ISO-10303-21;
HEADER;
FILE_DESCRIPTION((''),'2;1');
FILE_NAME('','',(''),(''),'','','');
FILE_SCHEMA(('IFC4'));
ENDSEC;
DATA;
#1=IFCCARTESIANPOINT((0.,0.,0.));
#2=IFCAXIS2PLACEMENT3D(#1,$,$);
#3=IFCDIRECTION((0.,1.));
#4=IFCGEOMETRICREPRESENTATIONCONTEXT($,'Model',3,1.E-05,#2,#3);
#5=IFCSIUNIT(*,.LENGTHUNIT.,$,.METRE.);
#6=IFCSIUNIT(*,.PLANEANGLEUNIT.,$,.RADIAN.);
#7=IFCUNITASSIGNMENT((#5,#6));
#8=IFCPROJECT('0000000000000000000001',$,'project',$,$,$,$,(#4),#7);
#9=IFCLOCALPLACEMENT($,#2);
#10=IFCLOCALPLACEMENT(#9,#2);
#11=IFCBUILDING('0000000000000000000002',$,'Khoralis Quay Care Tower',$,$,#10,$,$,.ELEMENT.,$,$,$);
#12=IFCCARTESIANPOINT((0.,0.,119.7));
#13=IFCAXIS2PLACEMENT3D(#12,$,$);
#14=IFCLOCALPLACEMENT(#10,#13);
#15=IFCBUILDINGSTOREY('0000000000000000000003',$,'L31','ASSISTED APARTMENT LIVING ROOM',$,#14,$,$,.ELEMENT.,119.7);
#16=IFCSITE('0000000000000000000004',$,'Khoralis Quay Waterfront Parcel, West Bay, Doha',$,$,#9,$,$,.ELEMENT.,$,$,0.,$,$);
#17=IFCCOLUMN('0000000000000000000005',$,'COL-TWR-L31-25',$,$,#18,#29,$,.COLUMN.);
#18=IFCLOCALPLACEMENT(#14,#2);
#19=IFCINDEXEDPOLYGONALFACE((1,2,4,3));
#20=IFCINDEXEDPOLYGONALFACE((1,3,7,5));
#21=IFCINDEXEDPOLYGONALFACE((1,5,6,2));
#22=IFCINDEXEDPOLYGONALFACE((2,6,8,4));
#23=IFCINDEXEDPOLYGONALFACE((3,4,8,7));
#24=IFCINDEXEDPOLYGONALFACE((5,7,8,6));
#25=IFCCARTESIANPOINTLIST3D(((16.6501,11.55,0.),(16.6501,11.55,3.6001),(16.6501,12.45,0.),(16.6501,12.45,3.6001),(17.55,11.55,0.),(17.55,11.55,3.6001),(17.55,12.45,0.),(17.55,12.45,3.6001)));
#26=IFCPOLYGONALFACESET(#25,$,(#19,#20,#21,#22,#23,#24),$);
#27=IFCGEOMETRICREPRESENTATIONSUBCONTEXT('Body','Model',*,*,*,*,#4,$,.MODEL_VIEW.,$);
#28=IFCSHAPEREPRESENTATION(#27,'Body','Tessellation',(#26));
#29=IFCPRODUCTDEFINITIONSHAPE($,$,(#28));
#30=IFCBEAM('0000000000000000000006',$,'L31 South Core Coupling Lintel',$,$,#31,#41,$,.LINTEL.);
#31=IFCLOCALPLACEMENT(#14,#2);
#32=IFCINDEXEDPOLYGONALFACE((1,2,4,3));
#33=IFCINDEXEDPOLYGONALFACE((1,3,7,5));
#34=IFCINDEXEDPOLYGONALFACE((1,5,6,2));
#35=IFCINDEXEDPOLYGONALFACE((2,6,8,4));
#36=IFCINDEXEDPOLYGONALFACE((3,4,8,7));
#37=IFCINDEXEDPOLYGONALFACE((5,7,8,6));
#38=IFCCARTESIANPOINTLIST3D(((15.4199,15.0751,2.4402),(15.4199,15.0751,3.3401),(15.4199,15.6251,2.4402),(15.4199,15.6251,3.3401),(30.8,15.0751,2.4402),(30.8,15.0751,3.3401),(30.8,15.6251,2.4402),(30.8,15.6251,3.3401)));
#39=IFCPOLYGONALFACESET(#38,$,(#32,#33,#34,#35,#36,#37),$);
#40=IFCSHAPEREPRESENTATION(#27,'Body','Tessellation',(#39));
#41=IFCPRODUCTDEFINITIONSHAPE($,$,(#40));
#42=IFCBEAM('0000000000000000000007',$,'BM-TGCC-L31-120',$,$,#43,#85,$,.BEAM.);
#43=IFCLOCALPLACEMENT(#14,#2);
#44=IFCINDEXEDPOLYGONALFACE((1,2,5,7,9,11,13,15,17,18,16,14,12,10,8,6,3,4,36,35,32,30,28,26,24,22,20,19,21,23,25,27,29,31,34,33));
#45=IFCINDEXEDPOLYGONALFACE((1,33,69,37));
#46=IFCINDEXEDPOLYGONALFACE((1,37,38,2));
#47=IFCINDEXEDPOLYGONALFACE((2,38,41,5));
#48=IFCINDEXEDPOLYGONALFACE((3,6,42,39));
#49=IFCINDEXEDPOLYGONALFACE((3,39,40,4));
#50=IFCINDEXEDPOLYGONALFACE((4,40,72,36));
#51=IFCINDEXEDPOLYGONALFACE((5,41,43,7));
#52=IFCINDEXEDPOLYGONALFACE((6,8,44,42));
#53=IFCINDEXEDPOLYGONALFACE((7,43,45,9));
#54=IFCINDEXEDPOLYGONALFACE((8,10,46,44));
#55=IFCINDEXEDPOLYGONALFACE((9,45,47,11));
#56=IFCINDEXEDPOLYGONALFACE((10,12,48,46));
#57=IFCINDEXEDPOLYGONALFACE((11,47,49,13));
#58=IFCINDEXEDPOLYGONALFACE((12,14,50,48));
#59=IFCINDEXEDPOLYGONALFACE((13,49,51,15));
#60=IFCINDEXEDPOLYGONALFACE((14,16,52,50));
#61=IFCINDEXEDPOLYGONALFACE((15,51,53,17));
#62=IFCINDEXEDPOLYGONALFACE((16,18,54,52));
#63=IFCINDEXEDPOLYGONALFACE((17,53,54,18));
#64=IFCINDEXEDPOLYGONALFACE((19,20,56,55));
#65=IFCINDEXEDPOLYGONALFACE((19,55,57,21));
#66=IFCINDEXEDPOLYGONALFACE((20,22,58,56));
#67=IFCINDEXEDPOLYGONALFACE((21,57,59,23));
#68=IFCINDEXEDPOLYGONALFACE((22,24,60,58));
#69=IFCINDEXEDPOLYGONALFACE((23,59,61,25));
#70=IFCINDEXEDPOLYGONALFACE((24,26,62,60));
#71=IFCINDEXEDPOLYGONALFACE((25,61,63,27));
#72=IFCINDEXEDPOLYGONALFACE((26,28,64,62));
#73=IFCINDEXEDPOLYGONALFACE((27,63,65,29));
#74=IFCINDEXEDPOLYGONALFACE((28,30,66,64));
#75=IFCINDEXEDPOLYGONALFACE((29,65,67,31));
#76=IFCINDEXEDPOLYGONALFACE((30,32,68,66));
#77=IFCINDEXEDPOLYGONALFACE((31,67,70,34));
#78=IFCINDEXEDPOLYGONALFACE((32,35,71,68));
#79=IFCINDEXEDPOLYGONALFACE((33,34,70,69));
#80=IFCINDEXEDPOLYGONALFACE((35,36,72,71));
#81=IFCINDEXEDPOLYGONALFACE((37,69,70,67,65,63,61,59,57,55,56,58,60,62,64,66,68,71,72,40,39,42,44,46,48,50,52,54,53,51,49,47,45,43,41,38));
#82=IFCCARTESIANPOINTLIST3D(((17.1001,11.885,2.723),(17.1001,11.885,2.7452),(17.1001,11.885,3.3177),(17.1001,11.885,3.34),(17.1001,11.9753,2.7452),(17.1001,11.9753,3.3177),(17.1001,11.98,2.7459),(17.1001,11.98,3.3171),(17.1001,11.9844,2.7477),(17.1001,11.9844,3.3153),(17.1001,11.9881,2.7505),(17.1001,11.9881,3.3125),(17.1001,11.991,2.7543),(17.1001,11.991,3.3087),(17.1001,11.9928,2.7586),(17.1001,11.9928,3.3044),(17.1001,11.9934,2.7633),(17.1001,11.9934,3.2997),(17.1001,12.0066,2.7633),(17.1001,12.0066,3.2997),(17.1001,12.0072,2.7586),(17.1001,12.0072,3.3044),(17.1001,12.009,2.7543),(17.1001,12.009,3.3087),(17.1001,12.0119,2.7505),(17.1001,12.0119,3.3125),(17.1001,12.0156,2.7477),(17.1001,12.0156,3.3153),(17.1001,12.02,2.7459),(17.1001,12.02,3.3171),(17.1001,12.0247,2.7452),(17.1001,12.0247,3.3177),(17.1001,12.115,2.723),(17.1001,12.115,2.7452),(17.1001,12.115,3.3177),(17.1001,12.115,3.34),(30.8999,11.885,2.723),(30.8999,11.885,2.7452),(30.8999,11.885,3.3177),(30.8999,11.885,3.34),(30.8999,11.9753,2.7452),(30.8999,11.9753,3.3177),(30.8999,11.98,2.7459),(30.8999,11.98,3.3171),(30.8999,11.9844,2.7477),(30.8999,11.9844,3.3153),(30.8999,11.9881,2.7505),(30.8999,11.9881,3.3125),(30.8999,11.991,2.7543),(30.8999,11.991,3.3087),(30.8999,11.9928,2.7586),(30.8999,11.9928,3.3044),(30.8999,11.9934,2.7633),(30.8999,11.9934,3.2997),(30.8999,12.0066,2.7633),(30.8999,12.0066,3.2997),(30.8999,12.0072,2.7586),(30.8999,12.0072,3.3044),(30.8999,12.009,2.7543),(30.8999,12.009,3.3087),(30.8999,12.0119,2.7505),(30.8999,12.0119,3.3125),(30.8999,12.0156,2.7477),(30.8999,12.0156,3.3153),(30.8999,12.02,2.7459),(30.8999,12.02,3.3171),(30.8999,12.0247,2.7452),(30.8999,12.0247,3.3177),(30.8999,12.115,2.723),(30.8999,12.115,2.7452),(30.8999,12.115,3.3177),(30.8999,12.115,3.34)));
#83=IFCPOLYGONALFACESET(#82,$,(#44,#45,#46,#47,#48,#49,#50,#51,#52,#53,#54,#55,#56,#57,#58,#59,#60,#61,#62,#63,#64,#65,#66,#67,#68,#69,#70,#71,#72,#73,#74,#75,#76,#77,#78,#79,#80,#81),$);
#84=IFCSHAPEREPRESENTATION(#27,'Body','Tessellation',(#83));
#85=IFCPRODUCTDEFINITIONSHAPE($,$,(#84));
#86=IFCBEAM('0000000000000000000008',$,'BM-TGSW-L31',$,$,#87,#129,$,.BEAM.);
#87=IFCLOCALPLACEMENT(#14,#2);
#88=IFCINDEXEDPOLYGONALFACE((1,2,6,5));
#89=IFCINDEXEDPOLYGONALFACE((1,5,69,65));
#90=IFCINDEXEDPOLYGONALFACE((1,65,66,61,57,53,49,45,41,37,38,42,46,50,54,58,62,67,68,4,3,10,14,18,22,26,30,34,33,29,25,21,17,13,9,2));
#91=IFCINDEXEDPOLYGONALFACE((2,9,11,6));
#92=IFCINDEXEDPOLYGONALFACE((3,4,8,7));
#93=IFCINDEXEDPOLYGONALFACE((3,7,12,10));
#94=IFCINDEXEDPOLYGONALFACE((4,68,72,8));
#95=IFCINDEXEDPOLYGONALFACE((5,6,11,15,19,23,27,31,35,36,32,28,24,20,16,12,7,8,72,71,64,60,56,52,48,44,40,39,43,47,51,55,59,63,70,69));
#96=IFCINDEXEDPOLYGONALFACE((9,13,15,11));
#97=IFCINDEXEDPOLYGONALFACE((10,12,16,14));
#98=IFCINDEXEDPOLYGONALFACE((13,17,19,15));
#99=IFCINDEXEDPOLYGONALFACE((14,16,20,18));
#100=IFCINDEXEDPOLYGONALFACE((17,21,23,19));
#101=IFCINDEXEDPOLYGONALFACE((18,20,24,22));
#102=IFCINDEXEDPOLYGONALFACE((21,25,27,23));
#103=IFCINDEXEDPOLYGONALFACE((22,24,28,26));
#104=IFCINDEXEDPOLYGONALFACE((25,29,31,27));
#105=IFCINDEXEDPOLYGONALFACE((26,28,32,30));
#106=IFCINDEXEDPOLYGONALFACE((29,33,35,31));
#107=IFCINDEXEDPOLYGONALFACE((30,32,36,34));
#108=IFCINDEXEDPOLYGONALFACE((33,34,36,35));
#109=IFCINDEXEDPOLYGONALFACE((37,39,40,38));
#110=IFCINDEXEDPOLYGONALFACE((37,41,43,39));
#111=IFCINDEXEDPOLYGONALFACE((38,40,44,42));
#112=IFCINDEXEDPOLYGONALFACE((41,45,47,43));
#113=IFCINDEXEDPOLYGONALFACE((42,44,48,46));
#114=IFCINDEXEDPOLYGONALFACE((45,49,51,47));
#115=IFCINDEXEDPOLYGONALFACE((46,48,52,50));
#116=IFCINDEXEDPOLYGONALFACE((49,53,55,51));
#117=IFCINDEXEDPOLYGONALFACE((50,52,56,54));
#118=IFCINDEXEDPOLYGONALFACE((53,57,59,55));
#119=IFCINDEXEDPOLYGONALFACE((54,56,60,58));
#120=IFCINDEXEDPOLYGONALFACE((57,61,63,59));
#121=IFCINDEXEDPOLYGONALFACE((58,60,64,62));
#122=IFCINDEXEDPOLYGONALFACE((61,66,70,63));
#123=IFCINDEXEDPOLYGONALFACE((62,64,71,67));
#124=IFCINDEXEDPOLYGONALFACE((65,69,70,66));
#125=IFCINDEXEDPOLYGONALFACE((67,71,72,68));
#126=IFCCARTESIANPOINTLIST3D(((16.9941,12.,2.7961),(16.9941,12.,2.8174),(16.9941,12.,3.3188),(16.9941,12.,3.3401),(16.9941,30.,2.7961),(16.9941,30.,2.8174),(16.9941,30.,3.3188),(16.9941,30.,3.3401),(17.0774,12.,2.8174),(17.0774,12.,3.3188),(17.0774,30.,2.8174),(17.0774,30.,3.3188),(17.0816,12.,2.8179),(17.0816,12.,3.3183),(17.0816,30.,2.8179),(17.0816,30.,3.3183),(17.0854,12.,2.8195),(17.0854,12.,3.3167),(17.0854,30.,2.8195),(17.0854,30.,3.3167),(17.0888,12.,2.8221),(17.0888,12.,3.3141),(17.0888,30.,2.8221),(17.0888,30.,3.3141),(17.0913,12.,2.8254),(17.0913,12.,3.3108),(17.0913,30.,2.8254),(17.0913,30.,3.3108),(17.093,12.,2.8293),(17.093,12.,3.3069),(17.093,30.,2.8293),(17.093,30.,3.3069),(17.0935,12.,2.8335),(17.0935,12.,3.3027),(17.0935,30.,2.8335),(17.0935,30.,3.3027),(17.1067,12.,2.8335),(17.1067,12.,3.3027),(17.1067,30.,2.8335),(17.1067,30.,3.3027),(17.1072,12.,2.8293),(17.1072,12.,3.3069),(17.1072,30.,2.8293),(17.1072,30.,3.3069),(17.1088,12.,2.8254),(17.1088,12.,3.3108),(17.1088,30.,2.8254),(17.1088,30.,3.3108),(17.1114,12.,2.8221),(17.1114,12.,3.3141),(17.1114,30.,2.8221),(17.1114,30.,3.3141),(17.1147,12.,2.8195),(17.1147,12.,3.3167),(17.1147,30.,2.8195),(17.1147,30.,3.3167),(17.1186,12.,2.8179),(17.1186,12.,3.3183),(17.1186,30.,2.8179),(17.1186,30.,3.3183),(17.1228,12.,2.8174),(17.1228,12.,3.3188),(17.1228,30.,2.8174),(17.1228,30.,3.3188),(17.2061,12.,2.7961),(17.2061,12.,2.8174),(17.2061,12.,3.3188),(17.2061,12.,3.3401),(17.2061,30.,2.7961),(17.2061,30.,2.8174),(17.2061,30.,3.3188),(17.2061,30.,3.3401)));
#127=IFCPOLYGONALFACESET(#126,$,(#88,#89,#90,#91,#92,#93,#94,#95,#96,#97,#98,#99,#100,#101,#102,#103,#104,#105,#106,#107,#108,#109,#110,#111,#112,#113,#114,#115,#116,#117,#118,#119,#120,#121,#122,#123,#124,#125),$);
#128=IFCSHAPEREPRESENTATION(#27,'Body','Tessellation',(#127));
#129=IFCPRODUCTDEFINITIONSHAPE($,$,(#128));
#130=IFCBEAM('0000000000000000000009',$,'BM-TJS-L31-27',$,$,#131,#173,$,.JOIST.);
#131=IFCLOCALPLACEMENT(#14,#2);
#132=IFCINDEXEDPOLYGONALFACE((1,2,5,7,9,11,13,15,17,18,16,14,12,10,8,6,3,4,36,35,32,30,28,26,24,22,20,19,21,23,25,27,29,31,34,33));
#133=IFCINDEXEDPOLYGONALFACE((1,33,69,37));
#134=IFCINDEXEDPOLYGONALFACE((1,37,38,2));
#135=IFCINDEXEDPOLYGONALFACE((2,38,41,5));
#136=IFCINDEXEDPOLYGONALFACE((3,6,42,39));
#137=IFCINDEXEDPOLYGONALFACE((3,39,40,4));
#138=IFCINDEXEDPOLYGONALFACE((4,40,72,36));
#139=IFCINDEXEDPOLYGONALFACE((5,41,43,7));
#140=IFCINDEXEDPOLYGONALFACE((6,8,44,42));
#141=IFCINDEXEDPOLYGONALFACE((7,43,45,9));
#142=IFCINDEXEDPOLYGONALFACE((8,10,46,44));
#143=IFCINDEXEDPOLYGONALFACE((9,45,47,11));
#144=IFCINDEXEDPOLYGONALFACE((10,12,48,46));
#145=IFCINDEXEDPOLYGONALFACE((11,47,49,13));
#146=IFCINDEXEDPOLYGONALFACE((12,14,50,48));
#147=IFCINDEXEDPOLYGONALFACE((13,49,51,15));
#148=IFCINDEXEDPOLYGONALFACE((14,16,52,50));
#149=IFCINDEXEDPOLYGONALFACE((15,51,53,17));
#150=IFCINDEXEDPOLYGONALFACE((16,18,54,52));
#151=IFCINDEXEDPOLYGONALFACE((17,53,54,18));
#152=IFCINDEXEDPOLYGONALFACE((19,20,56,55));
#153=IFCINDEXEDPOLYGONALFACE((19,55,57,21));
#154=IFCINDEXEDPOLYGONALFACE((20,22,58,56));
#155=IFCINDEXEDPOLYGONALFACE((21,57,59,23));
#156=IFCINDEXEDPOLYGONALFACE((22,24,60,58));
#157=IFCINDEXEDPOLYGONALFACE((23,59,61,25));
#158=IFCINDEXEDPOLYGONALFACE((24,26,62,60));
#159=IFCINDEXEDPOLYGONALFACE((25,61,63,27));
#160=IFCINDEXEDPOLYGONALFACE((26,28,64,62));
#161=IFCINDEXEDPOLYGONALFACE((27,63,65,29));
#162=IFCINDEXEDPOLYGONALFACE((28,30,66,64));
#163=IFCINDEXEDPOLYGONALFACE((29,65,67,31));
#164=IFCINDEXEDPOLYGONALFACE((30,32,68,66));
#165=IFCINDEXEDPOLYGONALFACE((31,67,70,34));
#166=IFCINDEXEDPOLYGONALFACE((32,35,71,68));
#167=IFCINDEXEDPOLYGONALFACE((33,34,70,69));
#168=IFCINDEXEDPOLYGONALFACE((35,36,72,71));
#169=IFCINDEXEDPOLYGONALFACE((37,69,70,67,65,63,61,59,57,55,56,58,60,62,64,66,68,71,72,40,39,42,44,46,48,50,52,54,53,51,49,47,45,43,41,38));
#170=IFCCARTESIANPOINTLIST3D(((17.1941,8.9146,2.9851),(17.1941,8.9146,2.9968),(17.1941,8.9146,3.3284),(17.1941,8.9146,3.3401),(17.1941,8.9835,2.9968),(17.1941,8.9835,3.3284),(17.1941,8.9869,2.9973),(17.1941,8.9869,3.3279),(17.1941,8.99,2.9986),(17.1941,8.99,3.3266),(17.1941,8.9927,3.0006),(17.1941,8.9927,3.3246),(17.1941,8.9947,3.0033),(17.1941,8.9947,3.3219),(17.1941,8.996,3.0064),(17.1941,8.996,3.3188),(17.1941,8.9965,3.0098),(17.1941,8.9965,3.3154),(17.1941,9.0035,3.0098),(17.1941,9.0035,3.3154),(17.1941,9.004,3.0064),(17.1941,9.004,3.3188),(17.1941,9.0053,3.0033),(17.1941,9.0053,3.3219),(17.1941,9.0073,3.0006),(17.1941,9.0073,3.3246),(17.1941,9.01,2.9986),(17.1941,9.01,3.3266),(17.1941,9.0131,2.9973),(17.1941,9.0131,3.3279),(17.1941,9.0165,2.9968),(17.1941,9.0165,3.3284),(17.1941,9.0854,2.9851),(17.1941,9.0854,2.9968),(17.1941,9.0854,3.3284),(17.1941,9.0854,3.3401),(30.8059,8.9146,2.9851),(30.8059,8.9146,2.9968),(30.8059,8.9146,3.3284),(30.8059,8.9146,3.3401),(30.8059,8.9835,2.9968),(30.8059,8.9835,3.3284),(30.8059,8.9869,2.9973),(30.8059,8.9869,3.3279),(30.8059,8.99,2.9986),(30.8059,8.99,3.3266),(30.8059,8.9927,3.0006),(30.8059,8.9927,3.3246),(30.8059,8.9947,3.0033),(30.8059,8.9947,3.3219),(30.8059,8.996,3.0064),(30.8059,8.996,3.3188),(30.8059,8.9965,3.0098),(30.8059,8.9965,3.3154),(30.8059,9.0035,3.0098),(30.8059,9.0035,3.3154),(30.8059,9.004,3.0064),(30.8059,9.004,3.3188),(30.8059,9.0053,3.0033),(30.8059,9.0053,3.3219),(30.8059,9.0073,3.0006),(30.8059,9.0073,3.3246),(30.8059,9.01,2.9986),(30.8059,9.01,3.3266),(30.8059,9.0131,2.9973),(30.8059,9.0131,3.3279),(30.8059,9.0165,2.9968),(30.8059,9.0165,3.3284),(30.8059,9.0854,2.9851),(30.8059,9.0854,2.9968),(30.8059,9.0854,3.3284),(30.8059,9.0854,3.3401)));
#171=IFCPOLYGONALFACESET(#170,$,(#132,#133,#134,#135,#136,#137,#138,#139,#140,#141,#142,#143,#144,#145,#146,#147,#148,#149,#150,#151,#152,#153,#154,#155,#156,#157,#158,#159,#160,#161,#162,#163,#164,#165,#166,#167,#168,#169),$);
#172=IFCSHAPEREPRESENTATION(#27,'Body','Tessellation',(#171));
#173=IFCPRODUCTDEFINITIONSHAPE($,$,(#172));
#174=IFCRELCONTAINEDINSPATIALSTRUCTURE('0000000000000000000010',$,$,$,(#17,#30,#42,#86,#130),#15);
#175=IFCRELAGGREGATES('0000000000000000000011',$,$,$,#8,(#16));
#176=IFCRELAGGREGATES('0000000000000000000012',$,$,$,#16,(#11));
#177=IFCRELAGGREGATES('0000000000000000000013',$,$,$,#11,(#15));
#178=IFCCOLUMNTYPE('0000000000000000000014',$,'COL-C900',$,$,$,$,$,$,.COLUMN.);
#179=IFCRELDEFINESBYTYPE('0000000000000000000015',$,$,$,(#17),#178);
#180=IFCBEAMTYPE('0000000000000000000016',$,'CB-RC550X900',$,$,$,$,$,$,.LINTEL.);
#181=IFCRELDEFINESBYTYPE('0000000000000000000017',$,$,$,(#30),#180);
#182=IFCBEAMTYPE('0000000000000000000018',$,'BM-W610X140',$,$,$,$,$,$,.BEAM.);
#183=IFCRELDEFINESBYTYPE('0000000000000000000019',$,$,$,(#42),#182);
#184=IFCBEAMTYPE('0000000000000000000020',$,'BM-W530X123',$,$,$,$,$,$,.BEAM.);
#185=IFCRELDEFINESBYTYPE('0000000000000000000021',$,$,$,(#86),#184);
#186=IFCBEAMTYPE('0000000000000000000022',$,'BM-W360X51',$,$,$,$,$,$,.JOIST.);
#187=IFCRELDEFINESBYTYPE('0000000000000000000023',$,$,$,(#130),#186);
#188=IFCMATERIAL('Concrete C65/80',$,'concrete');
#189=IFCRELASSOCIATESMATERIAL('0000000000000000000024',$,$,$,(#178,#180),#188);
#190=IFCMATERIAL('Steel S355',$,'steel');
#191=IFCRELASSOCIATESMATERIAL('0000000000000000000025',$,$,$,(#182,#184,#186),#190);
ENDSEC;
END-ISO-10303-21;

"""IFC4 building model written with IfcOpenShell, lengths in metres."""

from ifc_helpers import new_model, si_unit, direction, frame, origin, origin_2d, place, context, subcontext, project, spatial, rectangle, i_section, extrude, source, transform, mapped, material, material_profile, profile_set, type_object, element, save


model = new_model("IFC4")

# Units and contexts
model_context = context("Model", 3, precision=1e-05, world=origin(), true_north=direction((0.0, 1.0)))
body_context = subcontext(model_context, "Body", "Model", "MODEL_VIEW")
ifc_project = project(units=[si_unit("LENGTHUNIT", "METRE"), si_unit("PLANEANGLEUNIT", "RADIAN")], contexts=[model_context])

# Site, building, storey
site_placement = place(None, origin())
site = spatial("IfcSite", under=ifc_project, at=site_placement, Name="Khoralis Quay Waterfront Parcel, West Bay, Doha", CompositionType="ELEMENT", RefElevation=0.0)
building_placement = place(site_placement, origin())
building = spatial("IfcBuilding", under=site, at=building_placement, Name="Khoralis Quay Care Tower", CompositionType="ELEMENT")
storey_placement = place(building_placement, frame((0.0, 0.0, 119.7)))
storey = spatial("IfcBuildingStorey", under=building, at=storey_placement, Name="L31", Description="ASSISTED APARTMENT LIVING ROOM", CompositionType="ELEMENT", Elevation=119.7)

# Column
ifc_material_1 = material(Name="Concrete C65/80", Category="concrete")
ifc_material_profile_1 = material_profile(ifc_material_1, rectangle(XDim=0.8999, YDim=0.8999, at=origin_2d()), Name="Concrete C65/80")
ifc_profile_set_1 = profile_set([ifc_material_profile_1], Name="Concrete C65/80")
column_type = type_object("IfcColumnType", Name="COL-C900", PredefinedType="COLUMN", material=ifc_profile_set_1)
shared_shape_1 = source(origin(), body_context, "Body", "SweptSolid", [
    extrude(rectangle(XDim=0.8999, YDim=0.8999, at=origin_2d()), origin(), (0.0, 0.0, 1.0), 3.6001),
])
column_placement = place(storey_placement, frame((17.1001, 12.0, 0.0), z_axis=(0.0, 0.0, 1.0), x_axis=(1.0, 0.0, 0.0)))
element("IfcColumn", 1, at=column_placement, inside=storey, type_object=column_type, Name="COL-TWR-L31-25", PredefinedType="COLUMN", context=body_context, shape_type="MappedRepresentation", body=[
    mapped(shared_shape_1, transform((0.0, 0.0, 0.0), scale=1.0)),
])

# Beams
ifc_material_profile_2 = material_profile(ifc_material_1, rectangle(XDim=0.55, YDim=0.8999, at=origin_2d()), Name="Concrete C65/80")
ifc_profile_set_2 = profile_set([ifc_material_profile_2], Name="Concrete C65/80")
beam_type_1 = type_object("IfcBeamType", Name="CB-RC550X900", PredefinedType="LINTEL", material=ifc_profile_set_2)
shared_shape_2 = source(origin(), body_context, "Body", "SweptSolid", [
    extrude(rectangle(XDim=0.55, YDim=0.8999, at=origin_2d()), origin(), (0.0, 0.0, 1.0), 15.3801),
])
beam_1_placement = place(storey_placement, frame((15.4199, 15.3501, 2.8901), z_axis=(1.0, 0.0, 0.0), x_axis=(0.0, 1.0, 0.0)))
element("IfcBeam", 2, at=beam_1_placement, inside=storey, type_object=beam_type_1, Name="L31 South Core Coupling Lintel", PredefinedType="LINTEL", context=body_context, shape_type="MappedRepresentation", body=[
    mapped(shared_shape_2, transform((0.0, 0.0, 0.0), scale=1.0)),
])
ifc_material_2 = material(Name="Steel S355", Category="steel")
ifc_material_profile_3 = material_profile(ifc_material_2, i_section(OverallWidth=0.23, OverallDepth=0.6169, WebThickness=0.0132, FlangeThickness=0.0222, FilletRadius=0.0181, at=origin_2d()), Name="Steel S355")
ifc_profile_set_3 = profile_set([ifc_material_profile_3], Name="Steel S355")
beam_type_2 = type_object("IfcBeamType", Name="BM-W610X140", PredefinedType="BEAM", material=ifc_profile_set_3)
shared_shape_3 = source(origin(), body_context, "Body", "SweptSolid", [
    extrude(i_section(OverallWidth=0.23, OverallDepth=0.6169, WebThickness=0.0132, FlangeThickness=0.0222, FilletRadius=0.0181, at=origin_2d()), origin(), (0.0, 0.0, 1.0), 13.7998),
])
beam_2_placement = place(storey_placement, frame((17.1001, 12.0, 3.0315), z_axis=(1.0, 0.0, 0.0), x_axis=(0.0, 1.0, 0.0)))
element("IfcBeam", 3, at=beam_2_placement, inside=storey, type_object=beam_type_2, Name="BM-TGCC-L31-120", PredefinedType="BEAM", context=body_context, shape_type="MappedRepresentation", body=[
    mapped(shared_shape_3, transform((0.0, 0.0, 0.0), scale=1.0)),
])
ifc_material_profile_4 = material_profile(ifc_material_2, i_section(OverallWidth=0.2119, OverallDepth=0.5439, WebThickness=0.0132, FlangeThickness=0.0212, FilletRadius=0.0161, at=origin_2d()), Name="Steel S355")
ifc_profile_set_4 = profile_set([ifc_material_profile_4], Name="Steel S355")
beam_type_3 = type_object("IfcBeamType", Name="BM-W530X123", PredefinedType="BEAM", material=ifc_profile_set_4)
shared_shape_4 = source(origin(), body_context, "Body", "SweptSolid", [
    extrude(i_section(OverallWidth=0.2119, OverallDepth=0.5439, WebThickness=0.0132, FlangeThickness=0.0212, FilletRadius=0.0161, at=origin_2d()), origin(), (0.0, 0.0, 1.0), 18.0),
])
beam_3_placement = place(storey_placement, frame((17.1001, 12.0, 3.0681), z_axis=(0.0, 1.0, 0.0), x_axis=(-1.0, 0.0, 0.0)))
element("IfcBeam", 4, at=beam_3_placement, inside=storey, type_object=beam_type_3, Name="BM-TGSW-L31", PredefinedType="BEAM", context=body_context, shape_type="MappedRepresentation", body=[
    mapped(shared_shape_4, transform((0.0, 0.0, 0.0), scale=1.0)),
])
ifc_material_profile_5 = material_profile(ifc_material_2, i_section(OverallWidth=0.1709, OverallDepth=0.355, WebThickness=0.0071, FlangeThickness=0.0117, FilletRadius=0.0129, at=origin_2d()), Name="Steel S355")
ifc_profile_set_5 = profile_set([ifc_material_profile_5], Name="Steel S355")
beam_type_4 = type_object("IfcBeamType", Name="BM-W360X51", PredefinedType="JOIST", material=ifc_profile_set_5)
shared_shape_5 = source(origin(), body_context, "Body", "SweptSolid", [
    extrude(i_section(OverallWidth=0.1709, OverallDepth=0.355, WebThickness=0.0071, FlangeThickness=0.0117, FilletRadius=0.0129, at=origin_2d()), origin(), (0.0, 0.0, 1.0), 13.6118),
])
beam_4_placement = place(storey_placement, frame((17.1941, 9.0, 3.1626), z_axis=(1.0, 0.0, 0.0), x_axis=(0.0, 1.0, 0.0)))
element("IfcBeam", 5, at=beam_4_placement, inside=storey, type_object=beam_type_4, Name="BM-TJS-L31-27", PredefinedType="JOIST", context=body_context, shape_type="MappedRepresentation", body=[
    mapped(shared_shape_5, transform((0.0, 0.0, 0.0), scale=1.0)),
])

save(model, "model.ifc")
